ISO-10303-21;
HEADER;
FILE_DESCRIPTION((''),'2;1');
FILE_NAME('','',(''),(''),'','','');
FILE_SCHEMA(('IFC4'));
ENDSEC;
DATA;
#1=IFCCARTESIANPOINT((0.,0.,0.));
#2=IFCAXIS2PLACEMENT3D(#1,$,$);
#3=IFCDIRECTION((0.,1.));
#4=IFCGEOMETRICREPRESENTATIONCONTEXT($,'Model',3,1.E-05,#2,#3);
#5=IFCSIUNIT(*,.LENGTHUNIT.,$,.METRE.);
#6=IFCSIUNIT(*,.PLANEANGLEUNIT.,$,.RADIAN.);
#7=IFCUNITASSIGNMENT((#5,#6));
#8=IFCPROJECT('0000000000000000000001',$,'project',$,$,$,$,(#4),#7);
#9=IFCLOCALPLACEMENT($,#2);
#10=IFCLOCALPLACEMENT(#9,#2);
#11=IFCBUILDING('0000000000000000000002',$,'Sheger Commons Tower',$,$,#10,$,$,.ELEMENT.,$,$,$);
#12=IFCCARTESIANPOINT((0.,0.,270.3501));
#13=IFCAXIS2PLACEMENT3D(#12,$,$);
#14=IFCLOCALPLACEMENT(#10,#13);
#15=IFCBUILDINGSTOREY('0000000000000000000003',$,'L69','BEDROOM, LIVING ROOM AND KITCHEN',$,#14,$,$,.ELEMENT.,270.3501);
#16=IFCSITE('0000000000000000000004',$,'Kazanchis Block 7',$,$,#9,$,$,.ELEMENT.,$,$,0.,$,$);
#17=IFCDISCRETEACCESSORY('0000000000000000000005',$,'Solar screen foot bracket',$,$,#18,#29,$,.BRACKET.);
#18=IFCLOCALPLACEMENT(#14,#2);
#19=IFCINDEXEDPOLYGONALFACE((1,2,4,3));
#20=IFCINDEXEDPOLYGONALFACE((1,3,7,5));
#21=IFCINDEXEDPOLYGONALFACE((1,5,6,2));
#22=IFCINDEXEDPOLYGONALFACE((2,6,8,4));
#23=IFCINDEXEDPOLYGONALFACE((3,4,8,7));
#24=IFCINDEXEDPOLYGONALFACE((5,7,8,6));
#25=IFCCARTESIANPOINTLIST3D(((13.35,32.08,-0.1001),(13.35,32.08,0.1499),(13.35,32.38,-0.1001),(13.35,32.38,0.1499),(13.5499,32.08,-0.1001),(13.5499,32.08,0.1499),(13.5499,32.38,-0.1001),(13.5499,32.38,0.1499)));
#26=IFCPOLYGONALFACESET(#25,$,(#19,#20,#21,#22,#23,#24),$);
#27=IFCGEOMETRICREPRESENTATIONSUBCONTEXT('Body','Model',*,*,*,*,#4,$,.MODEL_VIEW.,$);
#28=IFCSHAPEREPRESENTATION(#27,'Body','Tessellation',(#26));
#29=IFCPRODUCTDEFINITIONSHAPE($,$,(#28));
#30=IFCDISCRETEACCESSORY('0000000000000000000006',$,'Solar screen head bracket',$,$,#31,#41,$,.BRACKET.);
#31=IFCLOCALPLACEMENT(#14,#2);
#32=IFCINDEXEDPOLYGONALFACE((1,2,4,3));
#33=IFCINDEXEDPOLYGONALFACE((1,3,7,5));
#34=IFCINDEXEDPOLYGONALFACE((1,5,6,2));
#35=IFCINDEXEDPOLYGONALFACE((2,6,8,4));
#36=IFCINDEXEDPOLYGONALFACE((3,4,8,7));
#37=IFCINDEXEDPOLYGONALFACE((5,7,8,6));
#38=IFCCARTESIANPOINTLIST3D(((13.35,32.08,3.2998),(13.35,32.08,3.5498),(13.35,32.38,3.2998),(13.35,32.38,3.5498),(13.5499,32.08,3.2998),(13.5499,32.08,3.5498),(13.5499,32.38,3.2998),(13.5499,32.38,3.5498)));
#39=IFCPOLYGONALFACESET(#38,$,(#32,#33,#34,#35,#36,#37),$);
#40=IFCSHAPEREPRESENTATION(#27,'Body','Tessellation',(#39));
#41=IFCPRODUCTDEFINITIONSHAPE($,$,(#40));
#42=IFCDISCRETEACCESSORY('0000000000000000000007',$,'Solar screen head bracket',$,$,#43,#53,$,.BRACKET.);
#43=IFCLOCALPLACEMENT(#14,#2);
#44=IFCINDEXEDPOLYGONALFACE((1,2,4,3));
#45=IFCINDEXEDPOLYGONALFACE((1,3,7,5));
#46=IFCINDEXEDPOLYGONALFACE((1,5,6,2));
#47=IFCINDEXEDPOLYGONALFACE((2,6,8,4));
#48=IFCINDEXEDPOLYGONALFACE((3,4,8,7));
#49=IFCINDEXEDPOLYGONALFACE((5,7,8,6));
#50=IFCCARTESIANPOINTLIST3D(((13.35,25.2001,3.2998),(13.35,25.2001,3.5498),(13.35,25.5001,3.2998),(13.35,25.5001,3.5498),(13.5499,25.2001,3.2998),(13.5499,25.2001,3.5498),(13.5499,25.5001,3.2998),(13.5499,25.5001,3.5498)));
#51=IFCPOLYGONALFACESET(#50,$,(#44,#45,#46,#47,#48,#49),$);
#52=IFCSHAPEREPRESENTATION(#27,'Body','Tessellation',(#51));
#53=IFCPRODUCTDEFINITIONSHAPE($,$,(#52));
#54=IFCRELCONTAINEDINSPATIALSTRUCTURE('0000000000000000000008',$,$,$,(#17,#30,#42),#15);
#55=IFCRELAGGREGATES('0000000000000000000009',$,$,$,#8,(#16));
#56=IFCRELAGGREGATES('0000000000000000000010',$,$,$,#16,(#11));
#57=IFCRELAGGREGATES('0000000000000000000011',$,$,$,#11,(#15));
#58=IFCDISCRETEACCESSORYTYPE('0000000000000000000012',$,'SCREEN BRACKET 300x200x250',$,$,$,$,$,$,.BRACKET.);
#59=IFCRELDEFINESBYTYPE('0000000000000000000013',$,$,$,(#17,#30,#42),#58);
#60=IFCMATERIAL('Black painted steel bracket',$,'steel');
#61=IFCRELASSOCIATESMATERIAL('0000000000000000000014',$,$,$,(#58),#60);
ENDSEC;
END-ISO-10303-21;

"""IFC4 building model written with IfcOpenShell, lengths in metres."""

from ifc_helpers import new_model, si_unit, direction, frame, origin, origin_2d, place, context, subcontext, project, spatial, rectangle, extrude, material, type_object, element, save


model = new_model("IFC4")

# Units and contexts
model_context = context("Model", 3, precision=1e-05, world=origin(), true_north=direction((0.0, 1.0)))
body_context = subcontext(model_context, "Body", "Model", "MODEL_VIEW")
ifc_project = project(units=[si_unit("LENGTHUNIT", "METRE"), si_unit("PLANEANGLEUNIT", "RADIAN")], contexts=[model_context])

# Site, building, storey
site_placement = place(None, origin())
site = spatial("IfcSite", under=ifc_project, at=site_placement, Name="Kazanchis Block 7", CompositionType="ELEMENT", RefElevation=0.0)
building_placement = place(site_placement, origin())
building = spatial("IfcBuilding", under=site, at=building_placement, Name="Sheger Commons Tower", CompositionType="ELEMENT")
storey_placement = place(building_placement, frame((0.0, 0.0, 270.3501)))
storey = spatial("IfcBuildingStorey", under=building, at=storey_placement, Name="L69", Description="BEDROOM, LIVING ROOM AND KITCHEN", CompositionType="ELEMENT", Elevation=270.3501)

# Discrete accessories
ifc_material_1 = material(Name="Black painted steel bracket", Category="steel")
discrete_accessory_type = type_object("IfcDiscreteAccessoryType", Name="SCREEN BRACKET 300x200x250", PredefinedType="BRACKET", material=ifc_material_1)
for number, where, z_axis, x_axis, name in (
    (1, (13.45, 32.23, -0.1001), (0.0, 0.0, 1.0), (0.0, -1.0, 0.0), "Solar screen foot bracket"),
    (2, (13.45, 32.23, 3.2998), (0.0, 0.0, 1.0), (0.0, -1.0, 0.0), "Solar screen head bracket"),
    (3, (13.45, 25.3501, 3.2998), (0.0, 0.0, 1.0), (0.0, -1.0, 0.0), "Solar screen head bracket"),
):
    element("IfcDiscreteAccessory", number, at=place(storey_placement, frame(where, z_axis=z_axis, x_axis=x_axis)), inside=storey, type_object=discrete_accessory_type, Name=name, PredefinedType="BRACKET", context=body_context, shape_type="SweptSolid", body=[
        extrude(rectangle(XDim=0.3, YDim=0.2, at=origin_2d()), origin(), (0.0, 0.0, 1.0), 0.25),
    ])

save(model, "model.ifc")
